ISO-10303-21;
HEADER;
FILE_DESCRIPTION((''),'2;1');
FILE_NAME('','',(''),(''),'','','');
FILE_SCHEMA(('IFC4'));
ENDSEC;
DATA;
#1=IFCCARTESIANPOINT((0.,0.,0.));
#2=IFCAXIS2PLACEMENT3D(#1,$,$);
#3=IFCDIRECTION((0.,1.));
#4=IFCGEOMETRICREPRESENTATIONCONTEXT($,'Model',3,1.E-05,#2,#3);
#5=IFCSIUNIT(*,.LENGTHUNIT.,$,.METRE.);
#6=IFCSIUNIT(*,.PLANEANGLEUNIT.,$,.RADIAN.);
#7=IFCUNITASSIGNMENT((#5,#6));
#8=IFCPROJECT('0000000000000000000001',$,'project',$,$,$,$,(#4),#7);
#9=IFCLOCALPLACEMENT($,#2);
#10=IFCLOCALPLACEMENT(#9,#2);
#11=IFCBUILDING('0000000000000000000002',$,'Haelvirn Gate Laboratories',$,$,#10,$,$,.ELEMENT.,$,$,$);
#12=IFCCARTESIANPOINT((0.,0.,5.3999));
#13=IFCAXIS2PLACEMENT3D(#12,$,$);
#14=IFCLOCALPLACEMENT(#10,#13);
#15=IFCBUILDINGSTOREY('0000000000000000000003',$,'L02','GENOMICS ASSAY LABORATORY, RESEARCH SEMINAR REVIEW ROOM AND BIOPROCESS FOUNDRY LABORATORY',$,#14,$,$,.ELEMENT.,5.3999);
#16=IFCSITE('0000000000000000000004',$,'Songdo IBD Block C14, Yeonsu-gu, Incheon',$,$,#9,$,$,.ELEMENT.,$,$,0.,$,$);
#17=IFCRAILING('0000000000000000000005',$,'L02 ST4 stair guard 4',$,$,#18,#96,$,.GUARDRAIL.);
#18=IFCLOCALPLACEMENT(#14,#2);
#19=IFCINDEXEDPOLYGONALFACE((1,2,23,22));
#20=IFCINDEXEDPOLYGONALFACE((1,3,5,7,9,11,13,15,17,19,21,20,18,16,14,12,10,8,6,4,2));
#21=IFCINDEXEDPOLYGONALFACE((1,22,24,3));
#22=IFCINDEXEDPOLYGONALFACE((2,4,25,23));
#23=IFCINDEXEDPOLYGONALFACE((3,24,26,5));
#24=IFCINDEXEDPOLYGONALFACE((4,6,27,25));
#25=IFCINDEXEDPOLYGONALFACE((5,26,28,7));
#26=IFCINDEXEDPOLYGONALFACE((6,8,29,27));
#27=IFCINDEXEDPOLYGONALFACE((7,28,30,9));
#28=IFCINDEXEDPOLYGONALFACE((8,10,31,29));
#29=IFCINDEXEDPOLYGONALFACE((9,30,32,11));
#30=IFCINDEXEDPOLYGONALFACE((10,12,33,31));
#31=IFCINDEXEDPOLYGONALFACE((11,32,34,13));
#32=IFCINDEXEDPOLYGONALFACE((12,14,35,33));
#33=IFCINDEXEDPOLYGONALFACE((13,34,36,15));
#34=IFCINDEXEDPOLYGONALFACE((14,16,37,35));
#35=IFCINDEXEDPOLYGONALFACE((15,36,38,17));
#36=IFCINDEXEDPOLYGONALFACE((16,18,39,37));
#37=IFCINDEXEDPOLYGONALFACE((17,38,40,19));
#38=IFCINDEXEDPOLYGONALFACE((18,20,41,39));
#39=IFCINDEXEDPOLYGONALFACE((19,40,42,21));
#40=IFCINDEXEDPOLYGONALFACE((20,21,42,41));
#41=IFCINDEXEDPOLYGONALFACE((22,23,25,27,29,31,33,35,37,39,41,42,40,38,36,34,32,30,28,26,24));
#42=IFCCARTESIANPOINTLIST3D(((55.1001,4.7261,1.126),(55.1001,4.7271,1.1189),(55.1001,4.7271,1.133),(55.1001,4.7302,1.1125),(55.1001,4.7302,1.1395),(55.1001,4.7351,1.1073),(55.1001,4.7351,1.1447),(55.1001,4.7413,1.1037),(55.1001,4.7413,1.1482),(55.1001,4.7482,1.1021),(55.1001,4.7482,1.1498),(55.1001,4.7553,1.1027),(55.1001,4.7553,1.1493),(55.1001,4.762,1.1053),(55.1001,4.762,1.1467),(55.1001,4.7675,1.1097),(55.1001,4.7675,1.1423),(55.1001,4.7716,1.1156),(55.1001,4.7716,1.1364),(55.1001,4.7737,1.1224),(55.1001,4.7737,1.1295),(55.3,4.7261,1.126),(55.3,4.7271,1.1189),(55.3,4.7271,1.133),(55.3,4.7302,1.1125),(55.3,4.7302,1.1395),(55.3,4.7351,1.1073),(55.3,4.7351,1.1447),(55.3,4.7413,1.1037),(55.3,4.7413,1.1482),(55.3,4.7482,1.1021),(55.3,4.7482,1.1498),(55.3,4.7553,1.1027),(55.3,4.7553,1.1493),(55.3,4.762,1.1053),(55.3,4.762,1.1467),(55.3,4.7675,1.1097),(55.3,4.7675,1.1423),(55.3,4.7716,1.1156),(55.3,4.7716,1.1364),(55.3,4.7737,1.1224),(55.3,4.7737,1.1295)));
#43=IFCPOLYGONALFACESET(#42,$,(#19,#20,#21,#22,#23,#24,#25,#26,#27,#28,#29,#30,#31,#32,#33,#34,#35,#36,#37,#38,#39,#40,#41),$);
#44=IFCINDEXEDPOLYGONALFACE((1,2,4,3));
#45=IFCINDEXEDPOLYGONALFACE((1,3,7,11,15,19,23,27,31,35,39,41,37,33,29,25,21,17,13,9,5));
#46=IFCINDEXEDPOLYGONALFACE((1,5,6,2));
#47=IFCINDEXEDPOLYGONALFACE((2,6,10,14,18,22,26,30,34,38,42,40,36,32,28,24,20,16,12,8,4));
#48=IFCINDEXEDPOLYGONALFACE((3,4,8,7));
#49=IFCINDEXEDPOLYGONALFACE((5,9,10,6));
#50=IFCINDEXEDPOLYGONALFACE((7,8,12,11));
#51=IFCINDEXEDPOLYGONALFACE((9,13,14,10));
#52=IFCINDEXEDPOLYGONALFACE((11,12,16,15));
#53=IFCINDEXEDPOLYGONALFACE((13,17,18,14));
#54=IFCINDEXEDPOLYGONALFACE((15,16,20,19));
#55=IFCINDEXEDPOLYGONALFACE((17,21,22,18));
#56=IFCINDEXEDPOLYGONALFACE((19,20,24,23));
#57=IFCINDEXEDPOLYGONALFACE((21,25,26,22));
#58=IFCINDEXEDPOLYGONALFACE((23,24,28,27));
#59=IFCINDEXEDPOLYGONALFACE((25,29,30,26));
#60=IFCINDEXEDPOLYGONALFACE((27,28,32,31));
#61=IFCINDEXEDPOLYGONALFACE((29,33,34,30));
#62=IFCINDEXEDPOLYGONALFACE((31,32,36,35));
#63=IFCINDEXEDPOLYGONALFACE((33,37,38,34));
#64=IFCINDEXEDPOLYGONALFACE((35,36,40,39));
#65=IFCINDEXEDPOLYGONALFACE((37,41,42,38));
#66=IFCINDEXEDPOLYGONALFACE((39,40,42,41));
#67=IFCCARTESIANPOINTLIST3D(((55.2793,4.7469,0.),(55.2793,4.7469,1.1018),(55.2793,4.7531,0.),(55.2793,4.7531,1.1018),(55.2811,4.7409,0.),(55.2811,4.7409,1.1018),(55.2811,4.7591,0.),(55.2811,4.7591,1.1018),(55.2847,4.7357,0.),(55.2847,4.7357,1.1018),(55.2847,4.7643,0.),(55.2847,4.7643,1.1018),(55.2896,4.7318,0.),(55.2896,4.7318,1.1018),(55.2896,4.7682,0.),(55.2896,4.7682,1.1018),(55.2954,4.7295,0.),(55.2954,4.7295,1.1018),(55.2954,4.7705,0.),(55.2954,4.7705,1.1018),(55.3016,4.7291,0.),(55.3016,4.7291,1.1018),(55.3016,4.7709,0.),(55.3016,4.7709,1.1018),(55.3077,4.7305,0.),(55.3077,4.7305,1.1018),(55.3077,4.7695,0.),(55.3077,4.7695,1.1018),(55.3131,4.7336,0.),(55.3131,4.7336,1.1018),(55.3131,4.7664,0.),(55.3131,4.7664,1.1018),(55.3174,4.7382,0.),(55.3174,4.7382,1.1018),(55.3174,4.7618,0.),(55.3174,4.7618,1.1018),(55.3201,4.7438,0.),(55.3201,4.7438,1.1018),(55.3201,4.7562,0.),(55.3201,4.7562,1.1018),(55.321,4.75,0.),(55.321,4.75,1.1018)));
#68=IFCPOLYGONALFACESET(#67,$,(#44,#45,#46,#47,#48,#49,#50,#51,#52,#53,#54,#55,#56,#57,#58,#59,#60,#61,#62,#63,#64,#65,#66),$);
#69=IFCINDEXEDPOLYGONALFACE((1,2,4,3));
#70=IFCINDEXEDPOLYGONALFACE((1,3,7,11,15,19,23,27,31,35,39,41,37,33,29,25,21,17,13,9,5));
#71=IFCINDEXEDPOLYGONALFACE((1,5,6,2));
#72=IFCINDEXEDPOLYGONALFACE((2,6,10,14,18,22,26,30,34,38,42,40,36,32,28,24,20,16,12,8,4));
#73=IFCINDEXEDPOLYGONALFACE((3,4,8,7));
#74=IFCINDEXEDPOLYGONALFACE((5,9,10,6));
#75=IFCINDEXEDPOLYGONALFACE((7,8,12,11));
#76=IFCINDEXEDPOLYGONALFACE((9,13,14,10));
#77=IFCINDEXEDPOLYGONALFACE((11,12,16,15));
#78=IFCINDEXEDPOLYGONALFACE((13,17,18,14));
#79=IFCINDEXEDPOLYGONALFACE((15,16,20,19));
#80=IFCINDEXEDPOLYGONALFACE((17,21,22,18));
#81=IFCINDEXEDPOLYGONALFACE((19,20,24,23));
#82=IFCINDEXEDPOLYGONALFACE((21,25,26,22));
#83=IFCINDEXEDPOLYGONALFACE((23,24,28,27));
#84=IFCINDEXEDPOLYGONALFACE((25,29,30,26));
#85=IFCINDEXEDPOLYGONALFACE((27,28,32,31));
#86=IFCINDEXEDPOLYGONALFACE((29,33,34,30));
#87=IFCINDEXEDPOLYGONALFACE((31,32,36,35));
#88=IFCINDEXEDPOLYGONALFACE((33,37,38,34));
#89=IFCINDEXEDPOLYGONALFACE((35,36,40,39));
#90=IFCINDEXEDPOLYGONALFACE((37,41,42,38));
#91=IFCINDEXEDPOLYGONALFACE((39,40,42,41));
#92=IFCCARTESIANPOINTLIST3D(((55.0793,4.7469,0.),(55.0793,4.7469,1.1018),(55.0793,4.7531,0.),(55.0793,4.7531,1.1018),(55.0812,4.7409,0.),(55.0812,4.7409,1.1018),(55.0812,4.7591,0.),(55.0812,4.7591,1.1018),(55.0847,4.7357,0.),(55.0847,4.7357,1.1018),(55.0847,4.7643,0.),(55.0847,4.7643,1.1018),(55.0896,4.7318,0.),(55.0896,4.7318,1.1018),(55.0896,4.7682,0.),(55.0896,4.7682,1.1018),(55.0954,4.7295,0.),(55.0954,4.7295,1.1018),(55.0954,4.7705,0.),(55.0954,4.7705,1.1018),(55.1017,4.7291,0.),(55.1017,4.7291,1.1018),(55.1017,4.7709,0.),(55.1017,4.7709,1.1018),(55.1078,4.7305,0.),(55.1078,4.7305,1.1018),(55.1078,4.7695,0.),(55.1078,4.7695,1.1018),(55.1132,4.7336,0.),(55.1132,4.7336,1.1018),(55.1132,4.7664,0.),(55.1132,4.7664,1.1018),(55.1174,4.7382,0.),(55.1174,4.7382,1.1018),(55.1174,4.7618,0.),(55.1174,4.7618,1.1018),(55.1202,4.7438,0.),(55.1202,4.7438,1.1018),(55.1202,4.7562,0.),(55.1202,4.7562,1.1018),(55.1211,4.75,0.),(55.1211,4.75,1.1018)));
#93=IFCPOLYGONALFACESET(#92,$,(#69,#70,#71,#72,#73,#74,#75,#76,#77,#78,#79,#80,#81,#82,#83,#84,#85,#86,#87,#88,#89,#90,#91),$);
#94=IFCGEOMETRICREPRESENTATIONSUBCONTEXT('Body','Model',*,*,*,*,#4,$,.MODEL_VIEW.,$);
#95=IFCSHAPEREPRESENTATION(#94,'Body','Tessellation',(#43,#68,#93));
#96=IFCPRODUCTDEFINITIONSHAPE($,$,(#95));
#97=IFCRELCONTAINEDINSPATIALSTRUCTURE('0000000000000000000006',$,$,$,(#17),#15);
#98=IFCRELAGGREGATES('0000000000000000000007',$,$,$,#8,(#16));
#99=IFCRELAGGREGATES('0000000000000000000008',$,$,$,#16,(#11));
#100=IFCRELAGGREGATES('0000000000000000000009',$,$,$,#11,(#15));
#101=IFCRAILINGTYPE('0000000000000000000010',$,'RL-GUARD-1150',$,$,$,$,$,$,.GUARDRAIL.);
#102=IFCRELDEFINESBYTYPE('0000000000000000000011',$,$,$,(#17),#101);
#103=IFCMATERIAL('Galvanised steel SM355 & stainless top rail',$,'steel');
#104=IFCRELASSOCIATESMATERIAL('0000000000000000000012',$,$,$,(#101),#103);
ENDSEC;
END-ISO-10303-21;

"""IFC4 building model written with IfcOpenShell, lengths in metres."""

from ifc_helpers import new_model, si_unit, direction, frame, origin, origin_2d, place, context, subcontext, project, spatial, circle, extrude, source, transform, mapped, material, type_object, element, save


model = new_model("IFC4")

# Units and contexts
model_context = context("Model", 3, precision=1e-05, world=origin(), true_north=direction((0.0, 1.0)))
body_context = subcontext(model_context, "Body", "Model", "MODEL_VIEW")
ifc_project = project(units=[si_unit("LENGTHUNIT", "METRE"), si_unit("PLANEANGLEUNIT", "RADIAN")], contexts=[model_context])

# Site, building, storey
site_placement = place(None, origin())
site = spatial("IfcSite", under=ifc_project, at=site_placement, Name="Songdo IBD Block C14, Yeonsu-gu, Incheon", CompositionType="ELEMENT", RefElevation=0.0)
building_placement = place(site_placement, origin())
building = spatial("IfcBuilding", under=site, at=building_placement, Name="Haelvirn Gate Laboratories", CompositionType="ELEMENT")
storey_placement = place(building_placement, frame((0.0, 0.0, 5.3999)))
storey = spatial("IfcBuildingStorey", under=building, at=storey_placement, Name="L02", Description="GENOMICS ASSAY LABORATORY, RESEARCH SEMINAR REVIEW ROOM AND BIOPROCESS FOUNDRY LABORATORY", CompositionType="ELEMENT", Elevation=5.3999)

# Railing
ifc_material_1 = material(Name="Galvanised steel SM355 & stainless top rail", Category="steel")
railing_type_1 = type_object("IfcRailingType", Name="RL-GUARD-1150", PredefinedType="GUARDRAIL", material=ifc_material_1)
shared_shape_1 = source(origin(), body_context, "Body", "SweptSolid", [
    extrude(circle(Radius=0.0239, at=origin_2d()), frame((0.0, 0.0, 1.126), z_axis=(-1.0, 0.0, 0.0), x_axis=(0.0, -1.0, 0.0)), (0.0, 0.0, 1.0), 0.2),
    extrude(circle(Radius=0.021, at=origin_2d()), origin(), (0.0, 0.0, 1.0), 1.1018),
    extrude(circle(Radius=0.021, at=origin_2d()), frame((-0.2, 0.0, 0.0)), (0.0, 0.0, 1.0), 1.1018),
])
railing_1_placement = place(storey_placement, frame((55.3, 4.75, 0.0)))
element("IfcRailing", 1, at=railing_1_placement, inside=storey, type_object=railing_type_1, Name="L02 ST4 stair guard 4", PredefinedType="GUARDRAIL", context=body_context, shape_type="MappedRepresentation", body=[
    mapped(shared_shape_1, transform((0.0, 0.0, 0.0), scale=1.0)),
])

save(model, "model.ifc")
